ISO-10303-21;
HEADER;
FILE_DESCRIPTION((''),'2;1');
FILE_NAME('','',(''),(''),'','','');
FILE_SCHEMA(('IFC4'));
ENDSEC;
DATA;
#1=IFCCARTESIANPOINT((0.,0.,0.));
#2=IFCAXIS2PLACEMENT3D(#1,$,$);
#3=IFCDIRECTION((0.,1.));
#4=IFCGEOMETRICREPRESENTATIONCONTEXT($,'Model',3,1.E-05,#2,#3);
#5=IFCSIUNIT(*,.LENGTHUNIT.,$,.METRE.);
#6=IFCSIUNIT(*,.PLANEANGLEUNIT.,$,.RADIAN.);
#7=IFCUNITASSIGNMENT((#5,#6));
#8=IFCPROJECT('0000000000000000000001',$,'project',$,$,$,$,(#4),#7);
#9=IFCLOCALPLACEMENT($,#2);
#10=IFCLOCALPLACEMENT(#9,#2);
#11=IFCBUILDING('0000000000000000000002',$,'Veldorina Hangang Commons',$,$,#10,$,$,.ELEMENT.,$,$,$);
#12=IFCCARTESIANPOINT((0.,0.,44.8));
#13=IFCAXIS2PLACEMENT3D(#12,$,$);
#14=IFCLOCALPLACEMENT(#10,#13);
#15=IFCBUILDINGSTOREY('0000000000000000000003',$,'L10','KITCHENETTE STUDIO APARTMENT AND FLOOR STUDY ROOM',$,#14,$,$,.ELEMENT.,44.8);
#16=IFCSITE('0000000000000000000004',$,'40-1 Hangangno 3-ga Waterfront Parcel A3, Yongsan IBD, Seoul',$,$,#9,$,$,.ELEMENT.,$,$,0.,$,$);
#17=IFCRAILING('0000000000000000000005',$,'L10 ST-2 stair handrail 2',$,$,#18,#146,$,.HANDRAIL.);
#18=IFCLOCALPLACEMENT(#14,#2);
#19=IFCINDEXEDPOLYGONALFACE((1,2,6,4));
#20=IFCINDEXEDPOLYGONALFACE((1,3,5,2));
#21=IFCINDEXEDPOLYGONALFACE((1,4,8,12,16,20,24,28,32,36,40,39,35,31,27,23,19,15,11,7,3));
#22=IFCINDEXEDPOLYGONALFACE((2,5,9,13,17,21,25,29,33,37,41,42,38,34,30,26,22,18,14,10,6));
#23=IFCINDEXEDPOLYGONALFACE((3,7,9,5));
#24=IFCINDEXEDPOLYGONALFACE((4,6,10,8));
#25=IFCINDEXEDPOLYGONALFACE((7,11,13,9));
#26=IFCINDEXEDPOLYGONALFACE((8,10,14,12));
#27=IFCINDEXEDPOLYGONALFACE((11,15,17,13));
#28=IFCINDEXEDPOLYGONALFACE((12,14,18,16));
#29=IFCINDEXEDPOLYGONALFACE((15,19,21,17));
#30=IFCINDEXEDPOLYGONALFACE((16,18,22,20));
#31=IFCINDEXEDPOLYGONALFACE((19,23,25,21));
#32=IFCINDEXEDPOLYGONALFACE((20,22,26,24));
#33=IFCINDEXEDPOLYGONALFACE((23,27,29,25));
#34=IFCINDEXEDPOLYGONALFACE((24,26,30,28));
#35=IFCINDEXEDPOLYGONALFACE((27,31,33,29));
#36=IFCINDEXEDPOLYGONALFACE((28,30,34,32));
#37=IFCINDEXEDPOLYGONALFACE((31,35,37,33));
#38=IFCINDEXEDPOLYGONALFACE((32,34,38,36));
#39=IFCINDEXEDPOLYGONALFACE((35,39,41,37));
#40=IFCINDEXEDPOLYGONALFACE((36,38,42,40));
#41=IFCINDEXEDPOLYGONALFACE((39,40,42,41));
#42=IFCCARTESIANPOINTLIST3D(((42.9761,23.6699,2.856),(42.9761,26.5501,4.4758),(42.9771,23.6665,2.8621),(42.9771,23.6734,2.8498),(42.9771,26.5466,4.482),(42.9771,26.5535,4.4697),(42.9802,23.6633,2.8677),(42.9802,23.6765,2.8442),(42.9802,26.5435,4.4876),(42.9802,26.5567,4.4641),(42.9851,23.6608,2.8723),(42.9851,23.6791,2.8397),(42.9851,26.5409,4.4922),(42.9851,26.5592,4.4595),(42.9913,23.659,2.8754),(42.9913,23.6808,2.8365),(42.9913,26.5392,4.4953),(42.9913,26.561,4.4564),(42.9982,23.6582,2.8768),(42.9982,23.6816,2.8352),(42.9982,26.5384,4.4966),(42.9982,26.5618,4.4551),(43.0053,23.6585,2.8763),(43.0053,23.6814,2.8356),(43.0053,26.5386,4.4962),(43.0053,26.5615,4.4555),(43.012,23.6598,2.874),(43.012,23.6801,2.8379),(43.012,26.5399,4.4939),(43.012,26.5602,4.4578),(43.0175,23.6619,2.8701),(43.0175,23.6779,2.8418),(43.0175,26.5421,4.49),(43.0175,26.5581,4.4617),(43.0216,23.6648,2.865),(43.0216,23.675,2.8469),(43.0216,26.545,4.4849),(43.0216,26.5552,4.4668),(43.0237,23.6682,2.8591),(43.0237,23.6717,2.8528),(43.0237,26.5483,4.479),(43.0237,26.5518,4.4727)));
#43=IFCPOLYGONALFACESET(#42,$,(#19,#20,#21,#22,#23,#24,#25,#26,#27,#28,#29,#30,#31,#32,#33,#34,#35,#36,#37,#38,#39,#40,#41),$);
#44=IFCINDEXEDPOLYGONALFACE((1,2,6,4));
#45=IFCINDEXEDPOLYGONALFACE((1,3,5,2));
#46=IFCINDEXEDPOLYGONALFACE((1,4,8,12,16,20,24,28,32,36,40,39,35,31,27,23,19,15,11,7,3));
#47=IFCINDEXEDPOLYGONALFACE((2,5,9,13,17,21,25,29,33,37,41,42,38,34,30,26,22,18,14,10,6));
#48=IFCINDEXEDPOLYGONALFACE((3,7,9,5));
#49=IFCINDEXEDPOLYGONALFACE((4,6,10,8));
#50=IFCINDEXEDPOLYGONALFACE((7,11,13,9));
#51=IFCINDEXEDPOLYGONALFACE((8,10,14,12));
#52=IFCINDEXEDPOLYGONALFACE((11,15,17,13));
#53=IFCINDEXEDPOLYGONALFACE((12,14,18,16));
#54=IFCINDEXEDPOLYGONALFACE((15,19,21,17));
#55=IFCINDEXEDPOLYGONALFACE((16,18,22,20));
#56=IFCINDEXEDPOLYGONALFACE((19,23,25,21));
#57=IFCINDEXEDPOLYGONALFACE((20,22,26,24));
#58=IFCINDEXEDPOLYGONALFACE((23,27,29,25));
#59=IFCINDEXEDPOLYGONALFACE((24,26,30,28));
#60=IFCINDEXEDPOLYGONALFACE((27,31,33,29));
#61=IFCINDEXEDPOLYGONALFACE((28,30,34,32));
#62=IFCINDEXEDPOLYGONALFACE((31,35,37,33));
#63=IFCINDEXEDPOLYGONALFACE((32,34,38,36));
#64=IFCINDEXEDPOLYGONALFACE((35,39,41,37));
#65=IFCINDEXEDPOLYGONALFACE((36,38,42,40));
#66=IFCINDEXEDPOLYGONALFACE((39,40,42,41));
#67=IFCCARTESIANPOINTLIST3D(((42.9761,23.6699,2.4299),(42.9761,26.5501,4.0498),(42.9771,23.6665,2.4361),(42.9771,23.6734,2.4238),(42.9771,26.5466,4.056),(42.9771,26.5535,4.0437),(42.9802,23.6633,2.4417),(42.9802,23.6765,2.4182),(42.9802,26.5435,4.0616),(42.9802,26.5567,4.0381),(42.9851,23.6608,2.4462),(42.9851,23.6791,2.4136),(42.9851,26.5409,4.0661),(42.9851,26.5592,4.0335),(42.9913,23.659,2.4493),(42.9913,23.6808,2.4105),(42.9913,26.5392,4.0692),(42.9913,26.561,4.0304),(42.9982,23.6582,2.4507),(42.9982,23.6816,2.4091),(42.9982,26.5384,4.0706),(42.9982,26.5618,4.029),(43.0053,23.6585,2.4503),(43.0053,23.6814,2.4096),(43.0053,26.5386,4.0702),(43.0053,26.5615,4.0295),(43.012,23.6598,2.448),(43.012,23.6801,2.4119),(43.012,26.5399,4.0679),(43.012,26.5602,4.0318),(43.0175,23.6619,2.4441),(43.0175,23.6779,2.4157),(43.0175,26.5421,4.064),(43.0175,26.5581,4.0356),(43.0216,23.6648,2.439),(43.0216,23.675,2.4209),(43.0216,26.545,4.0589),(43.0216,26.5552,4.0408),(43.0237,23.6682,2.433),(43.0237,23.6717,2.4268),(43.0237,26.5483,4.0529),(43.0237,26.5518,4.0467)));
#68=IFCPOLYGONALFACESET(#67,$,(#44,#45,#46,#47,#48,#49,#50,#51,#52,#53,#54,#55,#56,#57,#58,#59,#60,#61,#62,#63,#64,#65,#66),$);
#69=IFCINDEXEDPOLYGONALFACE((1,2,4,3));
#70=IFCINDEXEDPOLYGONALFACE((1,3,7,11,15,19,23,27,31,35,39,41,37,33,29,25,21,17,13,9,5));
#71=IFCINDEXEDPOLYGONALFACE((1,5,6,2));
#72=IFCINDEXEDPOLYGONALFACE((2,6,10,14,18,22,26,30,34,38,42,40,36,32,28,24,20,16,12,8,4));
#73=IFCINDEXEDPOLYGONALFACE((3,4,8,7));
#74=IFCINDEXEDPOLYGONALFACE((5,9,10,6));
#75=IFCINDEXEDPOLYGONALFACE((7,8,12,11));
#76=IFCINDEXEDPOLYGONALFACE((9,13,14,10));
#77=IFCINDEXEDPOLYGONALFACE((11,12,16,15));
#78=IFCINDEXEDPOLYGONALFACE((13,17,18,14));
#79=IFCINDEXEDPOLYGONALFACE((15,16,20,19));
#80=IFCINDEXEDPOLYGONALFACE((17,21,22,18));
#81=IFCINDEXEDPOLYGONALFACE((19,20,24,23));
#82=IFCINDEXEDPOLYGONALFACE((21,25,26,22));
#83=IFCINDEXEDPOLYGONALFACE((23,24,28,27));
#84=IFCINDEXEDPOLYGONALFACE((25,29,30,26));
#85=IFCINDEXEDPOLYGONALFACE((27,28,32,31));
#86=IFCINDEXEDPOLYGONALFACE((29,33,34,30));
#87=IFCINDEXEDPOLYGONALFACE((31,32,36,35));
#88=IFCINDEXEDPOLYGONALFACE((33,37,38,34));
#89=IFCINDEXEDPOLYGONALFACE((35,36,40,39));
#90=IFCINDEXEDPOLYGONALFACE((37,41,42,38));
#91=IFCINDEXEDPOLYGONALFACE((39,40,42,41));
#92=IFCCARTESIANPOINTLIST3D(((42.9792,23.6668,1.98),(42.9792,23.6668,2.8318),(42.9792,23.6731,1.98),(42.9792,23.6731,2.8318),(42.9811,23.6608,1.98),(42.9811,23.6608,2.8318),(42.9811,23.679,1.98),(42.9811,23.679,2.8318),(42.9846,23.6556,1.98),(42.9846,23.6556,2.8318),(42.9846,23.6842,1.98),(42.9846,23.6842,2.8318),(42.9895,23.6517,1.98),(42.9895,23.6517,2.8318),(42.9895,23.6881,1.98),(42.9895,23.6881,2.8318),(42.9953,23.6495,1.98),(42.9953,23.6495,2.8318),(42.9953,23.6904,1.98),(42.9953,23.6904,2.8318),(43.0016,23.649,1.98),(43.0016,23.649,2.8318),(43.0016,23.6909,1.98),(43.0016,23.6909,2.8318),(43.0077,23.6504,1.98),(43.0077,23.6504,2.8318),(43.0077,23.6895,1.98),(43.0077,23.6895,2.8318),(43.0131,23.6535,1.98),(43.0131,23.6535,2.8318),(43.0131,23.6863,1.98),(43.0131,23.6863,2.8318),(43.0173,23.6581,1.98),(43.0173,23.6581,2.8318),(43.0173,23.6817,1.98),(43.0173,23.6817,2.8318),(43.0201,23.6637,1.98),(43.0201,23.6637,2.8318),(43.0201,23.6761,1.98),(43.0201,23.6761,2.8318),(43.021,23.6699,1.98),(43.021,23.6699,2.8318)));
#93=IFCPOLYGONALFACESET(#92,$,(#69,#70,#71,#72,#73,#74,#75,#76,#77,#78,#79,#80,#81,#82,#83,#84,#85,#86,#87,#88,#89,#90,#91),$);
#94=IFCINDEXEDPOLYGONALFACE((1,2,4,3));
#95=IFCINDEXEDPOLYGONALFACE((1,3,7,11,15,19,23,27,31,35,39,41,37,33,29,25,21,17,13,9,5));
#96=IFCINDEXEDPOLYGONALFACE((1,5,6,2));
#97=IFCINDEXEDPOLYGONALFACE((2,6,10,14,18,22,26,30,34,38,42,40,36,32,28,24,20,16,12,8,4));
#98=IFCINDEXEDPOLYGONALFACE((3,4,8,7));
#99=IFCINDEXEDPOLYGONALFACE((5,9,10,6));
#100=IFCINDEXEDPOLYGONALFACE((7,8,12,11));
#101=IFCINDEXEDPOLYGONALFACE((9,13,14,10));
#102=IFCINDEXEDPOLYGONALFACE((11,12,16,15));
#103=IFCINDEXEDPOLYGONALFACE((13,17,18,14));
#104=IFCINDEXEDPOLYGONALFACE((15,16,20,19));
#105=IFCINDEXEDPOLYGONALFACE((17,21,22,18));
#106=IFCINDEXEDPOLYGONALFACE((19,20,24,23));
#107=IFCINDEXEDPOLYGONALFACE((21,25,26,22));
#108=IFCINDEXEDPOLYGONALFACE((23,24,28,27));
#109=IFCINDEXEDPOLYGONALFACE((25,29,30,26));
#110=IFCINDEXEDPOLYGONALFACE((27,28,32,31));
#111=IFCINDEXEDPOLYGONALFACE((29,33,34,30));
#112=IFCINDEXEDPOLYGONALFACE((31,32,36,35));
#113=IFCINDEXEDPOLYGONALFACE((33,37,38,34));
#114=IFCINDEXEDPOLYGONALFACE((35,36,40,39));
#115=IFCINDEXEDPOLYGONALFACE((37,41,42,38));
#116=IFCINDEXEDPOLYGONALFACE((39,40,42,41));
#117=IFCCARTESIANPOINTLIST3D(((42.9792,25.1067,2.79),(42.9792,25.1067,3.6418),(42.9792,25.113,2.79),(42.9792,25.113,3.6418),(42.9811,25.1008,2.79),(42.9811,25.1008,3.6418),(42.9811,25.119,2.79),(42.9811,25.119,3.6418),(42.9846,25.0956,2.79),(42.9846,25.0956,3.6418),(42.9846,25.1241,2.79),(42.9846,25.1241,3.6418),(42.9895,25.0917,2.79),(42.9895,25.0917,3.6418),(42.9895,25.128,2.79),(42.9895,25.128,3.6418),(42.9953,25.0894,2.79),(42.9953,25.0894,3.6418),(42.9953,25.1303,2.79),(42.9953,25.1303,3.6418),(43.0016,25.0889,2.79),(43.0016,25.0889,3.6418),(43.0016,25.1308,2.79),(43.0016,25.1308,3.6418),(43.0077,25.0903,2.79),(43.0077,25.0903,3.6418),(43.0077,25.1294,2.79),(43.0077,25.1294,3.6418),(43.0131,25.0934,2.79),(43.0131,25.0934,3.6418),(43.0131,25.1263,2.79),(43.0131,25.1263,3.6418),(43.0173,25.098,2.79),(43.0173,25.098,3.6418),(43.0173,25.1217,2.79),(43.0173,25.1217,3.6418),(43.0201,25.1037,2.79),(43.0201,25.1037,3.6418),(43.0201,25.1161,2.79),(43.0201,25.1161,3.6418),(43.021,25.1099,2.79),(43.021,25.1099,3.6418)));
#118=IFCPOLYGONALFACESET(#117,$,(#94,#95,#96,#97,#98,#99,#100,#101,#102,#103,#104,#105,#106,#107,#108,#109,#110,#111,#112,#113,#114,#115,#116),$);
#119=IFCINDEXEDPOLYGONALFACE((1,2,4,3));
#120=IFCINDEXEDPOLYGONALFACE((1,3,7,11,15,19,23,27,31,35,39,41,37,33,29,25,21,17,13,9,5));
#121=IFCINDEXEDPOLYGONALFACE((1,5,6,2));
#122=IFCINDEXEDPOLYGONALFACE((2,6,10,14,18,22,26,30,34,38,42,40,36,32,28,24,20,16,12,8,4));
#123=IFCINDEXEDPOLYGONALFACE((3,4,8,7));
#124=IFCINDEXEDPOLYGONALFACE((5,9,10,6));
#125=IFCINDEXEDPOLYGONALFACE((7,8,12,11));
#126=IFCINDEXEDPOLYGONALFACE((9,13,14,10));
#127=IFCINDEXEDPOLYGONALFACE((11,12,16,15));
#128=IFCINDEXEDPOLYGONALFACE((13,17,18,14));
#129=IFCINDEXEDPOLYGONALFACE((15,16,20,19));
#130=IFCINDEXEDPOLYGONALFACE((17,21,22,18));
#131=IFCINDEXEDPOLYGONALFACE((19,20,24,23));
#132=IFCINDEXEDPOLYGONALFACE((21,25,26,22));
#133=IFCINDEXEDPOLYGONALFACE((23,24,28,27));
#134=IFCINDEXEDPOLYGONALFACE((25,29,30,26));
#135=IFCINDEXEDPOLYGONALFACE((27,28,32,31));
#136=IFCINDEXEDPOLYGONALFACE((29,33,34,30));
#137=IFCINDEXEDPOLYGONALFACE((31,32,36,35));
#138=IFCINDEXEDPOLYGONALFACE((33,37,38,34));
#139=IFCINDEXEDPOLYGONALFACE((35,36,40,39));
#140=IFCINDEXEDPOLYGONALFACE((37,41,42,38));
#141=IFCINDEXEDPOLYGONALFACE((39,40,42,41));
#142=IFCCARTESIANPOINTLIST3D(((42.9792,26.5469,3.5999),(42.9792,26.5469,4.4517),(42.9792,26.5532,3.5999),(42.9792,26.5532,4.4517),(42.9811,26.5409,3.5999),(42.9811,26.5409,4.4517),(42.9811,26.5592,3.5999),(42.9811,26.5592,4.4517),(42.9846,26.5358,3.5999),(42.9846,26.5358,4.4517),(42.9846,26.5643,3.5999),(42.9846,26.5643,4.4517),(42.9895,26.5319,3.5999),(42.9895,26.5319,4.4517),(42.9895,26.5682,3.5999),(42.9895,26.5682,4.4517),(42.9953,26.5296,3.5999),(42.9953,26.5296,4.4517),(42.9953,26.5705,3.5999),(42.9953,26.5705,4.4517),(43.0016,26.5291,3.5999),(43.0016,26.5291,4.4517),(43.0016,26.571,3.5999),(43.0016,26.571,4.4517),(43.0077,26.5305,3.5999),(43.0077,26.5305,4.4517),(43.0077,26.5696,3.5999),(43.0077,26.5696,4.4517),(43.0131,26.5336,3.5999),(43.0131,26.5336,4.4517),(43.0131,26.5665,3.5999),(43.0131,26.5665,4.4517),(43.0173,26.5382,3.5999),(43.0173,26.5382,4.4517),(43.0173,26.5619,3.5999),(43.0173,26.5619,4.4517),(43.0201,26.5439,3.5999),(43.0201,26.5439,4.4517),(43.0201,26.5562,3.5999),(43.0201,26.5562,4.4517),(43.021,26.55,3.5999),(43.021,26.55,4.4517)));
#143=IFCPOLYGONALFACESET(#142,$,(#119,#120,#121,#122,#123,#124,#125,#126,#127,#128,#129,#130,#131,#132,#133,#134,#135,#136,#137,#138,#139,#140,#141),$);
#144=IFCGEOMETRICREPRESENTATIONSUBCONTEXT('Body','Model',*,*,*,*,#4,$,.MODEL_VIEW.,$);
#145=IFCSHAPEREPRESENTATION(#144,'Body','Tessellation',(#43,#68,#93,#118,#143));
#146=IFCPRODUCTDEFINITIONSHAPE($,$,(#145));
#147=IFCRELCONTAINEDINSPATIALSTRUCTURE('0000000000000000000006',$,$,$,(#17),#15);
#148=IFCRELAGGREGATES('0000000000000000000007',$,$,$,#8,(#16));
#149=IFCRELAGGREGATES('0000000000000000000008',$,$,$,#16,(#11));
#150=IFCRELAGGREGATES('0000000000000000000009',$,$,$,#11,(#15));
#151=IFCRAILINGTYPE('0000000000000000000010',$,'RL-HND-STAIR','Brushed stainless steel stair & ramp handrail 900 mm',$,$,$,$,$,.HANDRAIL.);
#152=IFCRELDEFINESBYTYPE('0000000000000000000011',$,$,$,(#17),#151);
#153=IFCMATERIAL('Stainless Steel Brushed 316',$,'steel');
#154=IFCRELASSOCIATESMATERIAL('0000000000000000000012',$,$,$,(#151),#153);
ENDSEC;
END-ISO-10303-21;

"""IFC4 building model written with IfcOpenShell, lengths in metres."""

from ifc_helpers import new_model, si_unit, direction, frame, origin, origin_2d, place, context, subcontext, project, spatial, circle, extrude, material, type_object, element, save


model = new_model("IFC4")

# Units and contexts
model_context = context("Model", 3, precision=1e-05, world=origin(), true_north=direction((0.0, 1.0)))
body_context = subcontext(model_context, "Body", "Model", "MODEL_VIEW")
ifc_project = project(units=[si_unit("LENGTHUNIT", "METRE"), si_unit("PLANEANGLEUNIT", "RADIAN")], contexts=[model_context])

# Site, building, storey
site_placement = place(None, origin())
site = spatial("IfcSite", under=ifc_project, at=site_placement, Name="40-1 Hangangno 3-ga Waterfront Parcel A3, Yongsan IBD, Seoul", CompositionType="ELEMENT", RefElevation=0.0)
building_placement = place(site_placement, origin())
building = spatial("IfcBuilding", under=site, at=building_placement, Name="Veldorina Hangang Commons", CompositionType="ELEMENT")
storey_placement = place(building_placement, frame((0.0, 0.0, 44.8)))
storey = spatial("IfcBuildingStorey", under=building, at=storey_placement, Name="L10", Description="KITCHENETTE STUDIO APARTMENT AND FLOOR STUDY ROOM", CompositionType="ELEMENT", Elevation=44.8)

# Railing
ifc_material_1 = material(Name="Stainless Steel Brushed 316", Category="steel")
railing_type_1 = type_object("IfcRailingType", Name="RL-HND-STAIR", Description="Brushed stainless steel stair & ramp handrail 900 mm", PredefinedType="HANDRAIL", material=ifc_material_1)
railing_1_placement = place(storey_placement, frame((43.0, 23.6699, 1.98)))
element("IfcRailing", 1, at=railing_1_placement, inside=storey, type_object=railing_type_1, Name="L10 ST-2 stair handrail 2", PredefinedType="HANDRAIL", context=body_context, shape_type="SweptSolid", body=[
    extrude(circle(Radius=0.0239, at=origin_2d()), frame((0.0, 0.0, 0.876), z_axis=(0.0, 0.871601, 0.490216), x_axis=(-1.0, 0.0, 0.0)), (0.0, 0.0, 1.0), 3.3044),
    extrude(circle(Radius=0.0239, at=origin_2d()), frame((0.0, 0.0, 0.45), z_axis=(0.0, 0.871601, 0.490216), x_axis=(-1.0, 0.0, 0.0)), (0.0, 0.0, 1.0), 3.3044),
    extrude(circle(Radius=0.021, at=origin_2d()), origin(), (0.0, 0.0, 1.0), 0.8518),
    extrude(circle(Radius=0.021, at=origin_2d()), frame((0.0, 1.4399, 0.8101)), (0.0, 0.0, 1.0), 0.8518),
    extrude(circle(Radius=0.021, at=origin_2d()), frame((0.0, 2.8801, 1.6199)), (0.0, 0.0, 1.0), 0.8518),
])

save(model, "model.ifc")
